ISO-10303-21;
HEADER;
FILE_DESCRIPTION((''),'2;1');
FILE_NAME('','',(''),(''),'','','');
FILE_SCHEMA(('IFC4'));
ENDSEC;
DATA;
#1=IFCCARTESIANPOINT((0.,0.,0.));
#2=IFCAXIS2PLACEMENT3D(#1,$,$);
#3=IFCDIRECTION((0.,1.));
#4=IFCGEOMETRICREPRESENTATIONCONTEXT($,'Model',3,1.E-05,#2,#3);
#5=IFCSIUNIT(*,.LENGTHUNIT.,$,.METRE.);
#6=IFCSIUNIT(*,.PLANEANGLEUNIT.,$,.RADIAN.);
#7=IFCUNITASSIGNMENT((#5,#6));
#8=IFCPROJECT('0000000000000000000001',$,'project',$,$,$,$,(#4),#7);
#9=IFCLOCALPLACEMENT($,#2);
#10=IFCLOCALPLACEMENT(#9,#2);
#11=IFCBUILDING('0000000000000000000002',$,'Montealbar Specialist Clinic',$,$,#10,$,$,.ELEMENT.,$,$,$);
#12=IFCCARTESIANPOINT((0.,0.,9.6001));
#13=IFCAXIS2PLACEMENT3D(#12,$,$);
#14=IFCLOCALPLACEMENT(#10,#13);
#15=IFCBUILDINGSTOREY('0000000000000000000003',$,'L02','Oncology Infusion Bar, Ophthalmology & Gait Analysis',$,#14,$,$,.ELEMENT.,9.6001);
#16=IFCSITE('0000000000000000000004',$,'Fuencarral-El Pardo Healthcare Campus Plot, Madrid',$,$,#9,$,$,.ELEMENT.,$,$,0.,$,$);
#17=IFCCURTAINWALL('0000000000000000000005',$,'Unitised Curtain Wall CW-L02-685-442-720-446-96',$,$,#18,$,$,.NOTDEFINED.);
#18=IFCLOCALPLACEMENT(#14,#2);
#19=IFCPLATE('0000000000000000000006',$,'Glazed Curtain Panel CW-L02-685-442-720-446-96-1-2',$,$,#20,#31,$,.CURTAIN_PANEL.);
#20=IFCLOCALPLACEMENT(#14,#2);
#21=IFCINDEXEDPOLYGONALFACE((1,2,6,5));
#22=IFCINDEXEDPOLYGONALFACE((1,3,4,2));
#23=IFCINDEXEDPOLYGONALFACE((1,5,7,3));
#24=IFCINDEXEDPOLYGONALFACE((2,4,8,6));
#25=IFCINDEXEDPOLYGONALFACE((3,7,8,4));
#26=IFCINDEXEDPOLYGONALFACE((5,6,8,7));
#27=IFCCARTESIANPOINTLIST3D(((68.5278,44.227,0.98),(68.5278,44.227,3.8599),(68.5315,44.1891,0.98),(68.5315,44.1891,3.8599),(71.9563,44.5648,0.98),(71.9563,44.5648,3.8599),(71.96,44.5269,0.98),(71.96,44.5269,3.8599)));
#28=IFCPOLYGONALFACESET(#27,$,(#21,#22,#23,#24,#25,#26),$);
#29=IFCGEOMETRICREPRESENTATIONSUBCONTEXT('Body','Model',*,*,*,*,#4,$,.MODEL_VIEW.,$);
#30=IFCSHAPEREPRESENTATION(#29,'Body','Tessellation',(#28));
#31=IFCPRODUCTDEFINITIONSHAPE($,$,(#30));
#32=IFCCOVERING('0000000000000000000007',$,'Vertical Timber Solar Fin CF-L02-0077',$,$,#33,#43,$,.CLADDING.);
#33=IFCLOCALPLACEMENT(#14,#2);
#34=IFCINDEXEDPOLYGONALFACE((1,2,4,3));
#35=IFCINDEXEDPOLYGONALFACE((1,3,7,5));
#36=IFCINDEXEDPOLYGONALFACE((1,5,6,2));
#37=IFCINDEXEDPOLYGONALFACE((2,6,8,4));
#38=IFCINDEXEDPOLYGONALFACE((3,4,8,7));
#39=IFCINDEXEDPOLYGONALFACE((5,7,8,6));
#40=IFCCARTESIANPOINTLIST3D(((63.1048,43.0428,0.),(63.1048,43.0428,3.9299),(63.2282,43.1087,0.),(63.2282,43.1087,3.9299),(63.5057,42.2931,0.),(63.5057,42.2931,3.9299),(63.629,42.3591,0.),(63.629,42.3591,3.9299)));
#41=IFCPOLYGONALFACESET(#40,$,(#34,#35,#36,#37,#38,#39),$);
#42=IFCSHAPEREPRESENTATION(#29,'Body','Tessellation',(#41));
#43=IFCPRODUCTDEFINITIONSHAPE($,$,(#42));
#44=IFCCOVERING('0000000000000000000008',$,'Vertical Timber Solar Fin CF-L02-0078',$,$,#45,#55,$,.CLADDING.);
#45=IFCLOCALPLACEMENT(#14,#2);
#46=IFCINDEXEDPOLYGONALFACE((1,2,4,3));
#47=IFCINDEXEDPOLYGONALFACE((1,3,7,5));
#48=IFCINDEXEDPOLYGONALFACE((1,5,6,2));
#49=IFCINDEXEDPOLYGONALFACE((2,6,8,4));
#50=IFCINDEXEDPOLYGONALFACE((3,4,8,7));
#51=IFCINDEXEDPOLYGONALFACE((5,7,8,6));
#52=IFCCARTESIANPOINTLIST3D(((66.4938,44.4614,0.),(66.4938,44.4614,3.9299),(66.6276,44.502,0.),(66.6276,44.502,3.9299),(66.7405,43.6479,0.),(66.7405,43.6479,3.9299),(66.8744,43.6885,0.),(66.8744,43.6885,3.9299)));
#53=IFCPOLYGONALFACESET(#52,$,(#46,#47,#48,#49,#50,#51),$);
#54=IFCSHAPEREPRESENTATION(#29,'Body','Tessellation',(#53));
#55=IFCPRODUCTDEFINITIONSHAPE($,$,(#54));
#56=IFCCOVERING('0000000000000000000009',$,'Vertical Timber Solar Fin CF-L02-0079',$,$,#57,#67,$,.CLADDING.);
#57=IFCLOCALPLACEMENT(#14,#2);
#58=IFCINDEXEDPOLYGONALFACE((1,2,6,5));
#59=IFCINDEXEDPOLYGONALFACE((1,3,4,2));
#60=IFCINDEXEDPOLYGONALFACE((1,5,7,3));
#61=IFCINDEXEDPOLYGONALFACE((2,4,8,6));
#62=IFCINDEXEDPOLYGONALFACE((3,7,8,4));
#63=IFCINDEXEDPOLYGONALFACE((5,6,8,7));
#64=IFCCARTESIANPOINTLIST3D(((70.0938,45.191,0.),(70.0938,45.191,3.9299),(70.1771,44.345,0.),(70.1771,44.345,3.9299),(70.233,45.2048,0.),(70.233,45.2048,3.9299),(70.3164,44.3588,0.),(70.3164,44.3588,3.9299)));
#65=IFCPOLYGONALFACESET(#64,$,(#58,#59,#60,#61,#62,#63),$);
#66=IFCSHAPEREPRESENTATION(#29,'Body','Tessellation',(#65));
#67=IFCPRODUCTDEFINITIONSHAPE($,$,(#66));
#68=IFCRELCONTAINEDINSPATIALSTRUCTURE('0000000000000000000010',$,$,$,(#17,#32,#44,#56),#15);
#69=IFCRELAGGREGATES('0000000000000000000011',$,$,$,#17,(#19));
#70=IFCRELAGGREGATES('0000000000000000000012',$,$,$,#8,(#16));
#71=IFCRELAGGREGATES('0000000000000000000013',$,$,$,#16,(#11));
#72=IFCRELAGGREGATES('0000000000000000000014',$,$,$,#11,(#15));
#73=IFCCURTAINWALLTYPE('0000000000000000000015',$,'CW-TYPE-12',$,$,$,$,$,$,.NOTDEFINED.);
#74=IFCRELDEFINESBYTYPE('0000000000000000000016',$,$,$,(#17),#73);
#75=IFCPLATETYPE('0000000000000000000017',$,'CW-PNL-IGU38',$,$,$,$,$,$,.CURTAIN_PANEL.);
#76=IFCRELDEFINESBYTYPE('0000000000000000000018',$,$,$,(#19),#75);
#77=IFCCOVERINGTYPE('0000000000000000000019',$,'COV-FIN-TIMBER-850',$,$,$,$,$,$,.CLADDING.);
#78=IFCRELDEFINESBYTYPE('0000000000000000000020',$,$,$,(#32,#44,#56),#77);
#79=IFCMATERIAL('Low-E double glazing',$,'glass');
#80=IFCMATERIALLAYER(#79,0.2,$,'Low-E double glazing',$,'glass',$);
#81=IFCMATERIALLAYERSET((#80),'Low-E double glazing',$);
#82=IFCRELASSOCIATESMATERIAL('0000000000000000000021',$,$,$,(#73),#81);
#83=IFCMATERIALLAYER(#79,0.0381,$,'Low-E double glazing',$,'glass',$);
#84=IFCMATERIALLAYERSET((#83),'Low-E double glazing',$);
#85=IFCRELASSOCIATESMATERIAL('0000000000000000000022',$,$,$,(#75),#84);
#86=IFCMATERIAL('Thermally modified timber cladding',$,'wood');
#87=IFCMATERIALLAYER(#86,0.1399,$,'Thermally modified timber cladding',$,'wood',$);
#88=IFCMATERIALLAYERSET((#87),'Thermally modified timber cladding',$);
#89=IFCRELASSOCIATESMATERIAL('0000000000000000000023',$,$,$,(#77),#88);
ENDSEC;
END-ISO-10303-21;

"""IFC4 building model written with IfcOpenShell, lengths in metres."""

from ifc_helpers import new_model, si_unit, direction, frame, origin, origin_2d, place, context, subcontext, project, spatial, rectangle, extrude, material, layer, layer_set, type_object, element, aggregate, save


model = new_model("IFC4")

# Units and contexts
model_context = context("Model", 3, precision=1e-05, world=origin(), true_north=direction((0.0, 1.0)))
body_context = subcontext(model_context, "Body", "Model", "MODEL_VIEW")
ifc_project = project(units=[si_unit("LENGTHUNIT", "METRE"), si_unit("PLANEANGLEUNIT", "RADIAN")], contexts=[model_context])

# Site, building, storey
site_placement = place(None, origin())
site = spatial("IfcSite", under=ifc_project, at=site_placement, Name="Fuencarral-El Pardo Healthcare Campus Plot, Madrid", CompositionType="ELEMENT", RefElevation=0.0)
building_placement = place(site_placement, origin())
building = spatial("IfcBuilding", under=site, at=building_placement, Name="Montealbar Specialist Clinic", CompositionType="ELEMENT")
storey_placement = place(building_placement, frame((0.0, 0.0, 9.6001)))
storey = spatial("IfcBuildingStorey", under=building, at=storey_placement, Name="L02", Description="Oncology Infusion Bar, Ophthalmology & Gait Analysis", CompositionType="ELEMENT", Elevation=9.6001)

# Shared definitions
ifc_material_1 = material(Name="Low-E double glazing", Category="glass")
ifc_layer_1 = layer(ifc_material_1, 0.2, Name="Low-E double glazing", Category="glass")
ifc_layer_set_1 = layer_set([ifc_layer_1], Name="Low-E double glazing")
curtain_wall_type = type_object("IfcCurtainWallType", Name="CW-TYPE-12", PredefinedType="NOTDEFINED", material=ifc_layer_set_1)

# Curtain wall
curtain_wall_1_placement = place(storey_placement, origin())
curtain_wall_1 = element("IfcCurtainWall", 1, at=curtain_wall_1_placement, inside=storey, type_object=curtain_wall_type, Name="Unitised Curtain Wall CW-L02-685-442-720-446-96", PredefinedType="NOTDEFINED")

# Plate
ifc_layer_2 = layer(ifc_material_1, 0.0381, Name="Low-E double glazing", Category="glass")
ifc_layer_set_2 = layer_set([ifc_layer_2], Name="Low-E double glazing")
plate_type = type_object("IfcPlateType", Name="CW-PNL-IGU38", PredefinedType="CURTAIN_PANEL", material=ifc_layer_set_2)
plate_1_placement = place(storey_placement, frame((70.2439, 44.377, 0.98), z_axis=(0.0, 0.0, 1.0), x_axis=(0.995182, 0.098045, 0.0)))
plate_1 = element("IfcPlate", 2, at=plate_1_placement, type_object=plate_type, Name="Glazed Curtain Panel CW-L02-685-442-720-446-96-1-2", PredefinedType="CURTAIN_PANEL", context=body_context, shape_type="SweptSolid", body=[
    extrude(rectangle(XDim=3.4451, YDim=0.0381, at=origin_2d()), origin(), (0.0, 0.0, 1.0), 2.8799),
])
aggregate(curtain_wall_1, [plate_1])

# Coverings
ifc_material_2 = material(Name="Thermally modified timber cladding", Category="wood")
ifc_layer_3 = layer(ifc_material_2, 0.1399, Name="Thermally modified timber cladding", Category="wood")
ifc_layer_set_3 = layer_set([ifc_layer_3], Name="Thermally modified timber cladding")
covering_type = type_object("IfcCoveringType", Name="COV-FIN-TIMBER-850", PredefinedType="CLADDING", material=ifc_layer_set_3)
for number, where, z_axis, x_axis, name in (
    (3, (63.3669, 42.7009, 0.0), (0.0, 0.0, 1.0), (-0.471529, 0.88185, 0.0), "Vertical Timber Solar Fin CF-L02-0077"),
    (4, (66.6841, 44.075, 0.0), (0.0, 0.0, 1.0), (-0.290259, 0.956948, 0.0), "Vertical Timber Solar Fin CF-L02-0078"),
    (5, (70.2051, 44.7749, 0.0), (0.0, 0.0, 1.0), (-0.098045, 0.995182, 0.0), "Vertical Timber Solar Fin CF-L02-0079"),
):
    element("IfcCovering", number, at=place(storey_placement, frame(where, z_axis=z_axis, x_axis=x_axis)), inside=storey, type_object=covering_type, Name=name, PredefinedType="CLADDING", context=body_context, shape_type="SweptSolid", body=[
        extrude(rectangle(XDim=0.8501, YDim=0.1399, at=origin_2d()), origin(), (0.0, 0.0, 1.0), 3.9299),
    ])

save(model, "model.ifc")
